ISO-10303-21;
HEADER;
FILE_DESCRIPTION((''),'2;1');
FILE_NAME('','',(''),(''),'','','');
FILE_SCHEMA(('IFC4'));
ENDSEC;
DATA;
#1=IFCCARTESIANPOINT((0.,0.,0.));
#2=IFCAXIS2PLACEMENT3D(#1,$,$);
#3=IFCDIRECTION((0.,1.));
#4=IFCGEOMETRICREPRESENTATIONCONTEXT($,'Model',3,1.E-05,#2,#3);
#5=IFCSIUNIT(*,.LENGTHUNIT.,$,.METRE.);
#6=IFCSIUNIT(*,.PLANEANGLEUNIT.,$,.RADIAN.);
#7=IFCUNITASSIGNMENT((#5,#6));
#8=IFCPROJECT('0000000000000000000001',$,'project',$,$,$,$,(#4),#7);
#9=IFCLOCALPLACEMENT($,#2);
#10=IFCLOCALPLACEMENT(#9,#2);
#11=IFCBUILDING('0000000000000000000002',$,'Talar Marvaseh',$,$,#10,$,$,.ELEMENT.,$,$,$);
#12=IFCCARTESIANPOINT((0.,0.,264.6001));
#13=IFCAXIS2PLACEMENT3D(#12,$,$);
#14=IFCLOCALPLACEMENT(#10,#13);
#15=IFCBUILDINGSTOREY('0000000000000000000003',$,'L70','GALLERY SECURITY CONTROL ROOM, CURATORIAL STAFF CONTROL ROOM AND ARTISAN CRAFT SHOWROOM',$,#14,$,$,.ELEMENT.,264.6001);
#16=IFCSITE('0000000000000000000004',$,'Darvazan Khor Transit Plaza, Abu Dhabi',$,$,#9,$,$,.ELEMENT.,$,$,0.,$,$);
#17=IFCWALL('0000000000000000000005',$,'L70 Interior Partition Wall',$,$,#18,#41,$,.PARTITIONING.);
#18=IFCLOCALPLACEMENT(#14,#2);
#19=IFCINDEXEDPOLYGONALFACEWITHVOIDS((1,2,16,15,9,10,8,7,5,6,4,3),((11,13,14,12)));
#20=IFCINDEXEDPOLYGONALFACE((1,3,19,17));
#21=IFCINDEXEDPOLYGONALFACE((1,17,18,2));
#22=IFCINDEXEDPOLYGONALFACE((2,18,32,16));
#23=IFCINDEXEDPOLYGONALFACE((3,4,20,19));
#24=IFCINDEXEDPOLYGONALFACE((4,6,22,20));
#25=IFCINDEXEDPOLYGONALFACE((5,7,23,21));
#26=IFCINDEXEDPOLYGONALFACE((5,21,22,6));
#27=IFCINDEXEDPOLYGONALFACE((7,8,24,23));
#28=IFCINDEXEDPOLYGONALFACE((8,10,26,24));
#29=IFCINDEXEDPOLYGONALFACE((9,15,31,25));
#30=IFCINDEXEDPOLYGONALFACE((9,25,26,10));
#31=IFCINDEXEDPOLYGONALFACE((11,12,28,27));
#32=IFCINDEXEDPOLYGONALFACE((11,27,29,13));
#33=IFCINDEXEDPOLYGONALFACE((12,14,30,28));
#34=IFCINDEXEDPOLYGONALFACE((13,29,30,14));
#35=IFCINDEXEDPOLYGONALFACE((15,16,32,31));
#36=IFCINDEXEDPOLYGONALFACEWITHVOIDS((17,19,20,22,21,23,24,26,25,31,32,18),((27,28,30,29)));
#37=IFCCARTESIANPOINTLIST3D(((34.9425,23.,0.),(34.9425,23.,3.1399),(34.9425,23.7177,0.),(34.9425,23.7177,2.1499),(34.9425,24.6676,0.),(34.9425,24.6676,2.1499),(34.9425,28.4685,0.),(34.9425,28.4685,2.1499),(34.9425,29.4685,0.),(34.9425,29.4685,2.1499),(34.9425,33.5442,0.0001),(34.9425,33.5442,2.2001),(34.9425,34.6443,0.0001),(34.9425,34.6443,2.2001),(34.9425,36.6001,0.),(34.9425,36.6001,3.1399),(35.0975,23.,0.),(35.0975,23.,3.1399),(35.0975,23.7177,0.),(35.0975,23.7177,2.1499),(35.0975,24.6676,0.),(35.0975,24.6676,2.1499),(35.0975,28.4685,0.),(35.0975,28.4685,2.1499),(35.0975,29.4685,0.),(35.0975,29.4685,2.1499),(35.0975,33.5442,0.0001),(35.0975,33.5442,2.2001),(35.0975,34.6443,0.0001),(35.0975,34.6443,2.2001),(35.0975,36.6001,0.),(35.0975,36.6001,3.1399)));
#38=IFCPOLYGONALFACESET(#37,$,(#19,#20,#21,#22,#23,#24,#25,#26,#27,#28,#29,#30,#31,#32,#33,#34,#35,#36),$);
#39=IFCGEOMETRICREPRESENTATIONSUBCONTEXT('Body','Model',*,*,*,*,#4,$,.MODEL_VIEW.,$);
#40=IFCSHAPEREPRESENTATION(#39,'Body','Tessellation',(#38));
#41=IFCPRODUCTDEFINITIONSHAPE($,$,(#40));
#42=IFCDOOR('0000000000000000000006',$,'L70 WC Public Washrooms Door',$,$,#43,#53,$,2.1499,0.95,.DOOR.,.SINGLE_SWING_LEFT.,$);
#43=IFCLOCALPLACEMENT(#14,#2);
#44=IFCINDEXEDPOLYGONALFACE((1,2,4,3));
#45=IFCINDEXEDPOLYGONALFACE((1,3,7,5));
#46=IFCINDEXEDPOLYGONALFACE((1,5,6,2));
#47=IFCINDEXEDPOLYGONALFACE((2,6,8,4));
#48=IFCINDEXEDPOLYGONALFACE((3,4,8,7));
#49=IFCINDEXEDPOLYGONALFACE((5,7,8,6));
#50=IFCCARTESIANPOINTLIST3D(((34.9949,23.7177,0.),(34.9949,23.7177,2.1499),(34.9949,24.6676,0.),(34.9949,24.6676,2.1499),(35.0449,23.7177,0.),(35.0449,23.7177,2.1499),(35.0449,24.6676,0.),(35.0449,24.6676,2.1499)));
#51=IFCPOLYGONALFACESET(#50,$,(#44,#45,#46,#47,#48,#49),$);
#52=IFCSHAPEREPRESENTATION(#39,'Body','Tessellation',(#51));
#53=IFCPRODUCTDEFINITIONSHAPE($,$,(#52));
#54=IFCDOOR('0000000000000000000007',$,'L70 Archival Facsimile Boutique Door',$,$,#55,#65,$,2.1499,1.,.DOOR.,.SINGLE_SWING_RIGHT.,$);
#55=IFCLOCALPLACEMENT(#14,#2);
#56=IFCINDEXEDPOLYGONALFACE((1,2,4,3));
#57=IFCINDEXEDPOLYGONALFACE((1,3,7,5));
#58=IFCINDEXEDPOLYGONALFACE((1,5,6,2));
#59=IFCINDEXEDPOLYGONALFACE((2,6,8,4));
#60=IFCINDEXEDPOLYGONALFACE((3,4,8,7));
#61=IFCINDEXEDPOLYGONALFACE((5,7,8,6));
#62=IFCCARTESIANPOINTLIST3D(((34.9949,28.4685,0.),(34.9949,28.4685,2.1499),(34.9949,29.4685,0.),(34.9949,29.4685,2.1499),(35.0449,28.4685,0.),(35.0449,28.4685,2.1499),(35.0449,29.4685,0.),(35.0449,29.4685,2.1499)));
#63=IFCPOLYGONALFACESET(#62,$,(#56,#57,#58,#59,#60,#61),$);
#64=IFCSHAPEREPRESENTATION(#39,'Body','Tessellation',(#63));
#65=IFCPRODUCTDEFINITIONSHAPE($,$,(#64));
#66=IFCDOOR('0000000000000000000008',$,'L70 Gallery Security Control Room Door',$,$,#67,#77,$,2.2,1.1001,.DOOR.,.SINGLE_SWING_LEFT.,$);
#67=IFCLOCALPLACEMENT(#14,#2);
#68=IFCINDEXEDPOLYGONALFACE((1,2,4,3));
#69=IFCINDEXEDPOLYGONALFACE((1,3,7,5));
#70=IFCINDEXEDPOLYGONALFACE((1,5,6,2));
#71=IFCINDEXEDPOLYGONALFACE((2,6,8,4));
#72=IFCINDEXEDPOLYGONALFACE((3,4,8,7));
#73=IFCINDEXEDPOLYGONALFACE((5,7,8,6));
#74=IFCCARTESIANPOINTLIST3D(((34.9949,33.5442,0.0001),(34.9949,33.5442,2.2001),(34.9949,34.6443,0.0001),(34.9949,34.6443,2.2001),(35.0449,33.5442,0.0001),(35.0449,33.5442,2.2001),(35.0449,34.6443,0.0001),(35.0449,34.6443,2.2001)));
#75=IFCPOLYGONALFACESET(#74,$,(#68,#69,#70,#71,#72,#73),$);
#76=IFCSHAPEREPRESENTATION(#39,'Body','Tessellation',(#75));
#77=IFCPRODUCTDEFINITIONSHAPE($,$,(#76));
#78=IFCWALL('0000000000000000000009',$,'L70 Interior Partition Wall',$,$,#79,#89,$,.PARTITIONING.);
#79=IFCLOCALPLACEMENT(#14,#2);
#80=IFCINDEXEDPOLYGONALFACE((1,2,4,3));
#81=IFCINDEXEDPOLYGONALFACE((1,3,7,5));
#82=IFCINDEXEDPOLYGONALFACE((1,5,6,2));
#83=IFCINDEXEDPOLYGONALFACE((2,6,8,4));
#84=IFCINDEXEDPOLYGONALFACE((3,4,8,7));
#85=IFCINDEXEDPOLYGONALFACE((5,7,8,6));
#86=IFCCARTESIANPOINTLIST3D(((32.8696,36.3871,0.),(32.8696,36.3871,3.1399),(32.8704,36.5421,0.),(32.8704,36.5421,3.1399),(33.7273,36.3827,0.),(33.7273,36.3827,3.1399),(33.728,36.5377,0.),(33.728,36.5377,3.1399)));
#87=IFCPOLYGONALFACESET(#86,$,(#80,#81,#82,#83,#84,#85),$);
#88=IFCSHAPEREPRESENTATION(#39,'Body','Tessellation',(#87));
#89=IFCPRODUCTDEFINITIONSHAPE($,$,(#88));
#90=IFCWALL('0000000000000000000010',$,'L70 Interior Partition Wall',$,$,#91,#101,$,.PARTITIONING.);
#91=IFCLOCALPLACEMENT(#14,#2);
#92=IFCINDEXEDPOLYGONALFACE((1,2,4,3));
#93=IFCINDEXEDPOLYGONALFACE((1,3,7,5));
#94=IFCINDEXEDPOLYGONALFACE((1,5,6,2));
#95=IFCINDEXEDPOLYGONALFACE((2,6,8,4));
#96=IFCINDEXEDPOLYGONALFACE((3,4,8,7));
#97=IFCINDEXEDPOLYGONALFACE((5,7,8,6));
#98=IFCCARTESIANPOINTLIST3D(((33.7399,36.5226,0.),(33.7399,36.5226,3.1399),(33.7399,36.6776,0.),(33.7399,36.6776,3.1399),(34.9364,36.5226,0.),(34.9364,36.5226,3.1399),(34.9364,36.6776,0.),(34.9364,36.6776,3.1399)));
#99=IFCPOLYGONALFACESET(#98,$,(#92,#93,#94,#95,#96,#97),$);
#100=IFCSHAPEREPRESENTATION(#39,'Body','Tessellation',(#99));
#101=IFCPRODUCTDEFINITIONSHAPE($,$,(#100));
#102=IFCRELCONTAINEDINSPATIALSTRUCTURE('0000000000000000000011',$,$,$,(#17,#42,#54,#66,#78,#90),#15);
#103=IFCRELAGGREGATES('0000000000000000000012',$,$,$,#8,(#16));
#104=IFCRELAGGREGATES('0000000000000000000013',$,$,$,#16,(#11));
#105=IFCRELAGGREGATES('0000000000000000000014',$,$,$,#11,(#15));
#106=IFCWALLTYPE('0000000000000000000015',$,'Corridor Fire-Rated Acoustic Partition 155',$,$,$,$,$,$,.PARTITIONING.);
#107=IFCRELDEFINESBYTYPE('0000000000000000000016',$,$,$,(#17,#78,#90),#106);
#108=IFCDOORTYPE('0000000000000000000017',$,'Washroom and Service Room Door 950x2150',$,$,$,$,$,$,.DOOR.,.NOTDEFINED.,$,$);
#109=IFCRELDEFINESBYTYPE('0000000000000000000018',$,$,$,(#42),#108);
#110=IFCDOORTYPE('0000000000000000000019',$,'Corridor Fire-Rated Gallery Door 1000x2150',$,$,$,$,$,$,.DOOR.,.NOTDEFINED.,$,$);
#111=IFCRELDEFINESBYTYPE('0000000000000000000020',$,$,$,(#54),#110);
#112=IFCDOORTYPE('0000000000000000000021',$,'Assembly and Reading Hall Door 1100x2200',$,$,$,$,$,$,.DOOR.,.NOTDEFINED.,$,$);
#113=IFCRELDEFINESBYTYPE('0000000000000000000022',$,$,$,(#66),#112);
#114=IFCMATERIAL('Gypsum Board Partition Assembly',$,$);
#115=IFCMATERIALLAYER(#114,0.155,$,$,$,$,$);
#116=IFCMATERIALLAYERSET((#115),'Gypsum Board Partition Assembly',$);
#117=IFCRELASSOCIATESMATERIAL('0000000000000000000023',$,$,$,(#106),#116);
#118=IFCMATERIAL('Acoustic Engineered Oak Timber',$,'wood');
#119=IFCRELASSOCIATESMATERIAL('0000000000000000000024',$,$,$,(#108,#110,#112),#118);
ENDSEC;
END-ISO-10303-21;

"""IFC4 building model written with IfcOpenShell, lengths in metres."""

from ifc_helpers import new_model, si_unit, direction, frame, frame_2d, origin, place, context, subcontext, project, spatial, rectangle, extrude, source, transform, mapped, material, layer, layer_set, type_object, type_shapes, element, fill, save


model = new_model("IFC4")

# Units and contexts
model_context = context("Model", 3, precision=1e-05, world=origin(), true_north=direction((0.0, 1.0)))
body_context = subcontext(model_context, "Body", "Model", "MODEL_VIEW")
ifc_project = project(units=[si_unit("LENGTHUNIT", "METRE"), si_unit("PLANEANGLEUNIT", "RADIAN")], contexts=[model_context])

# Site, building, storey
site_placement = place(None, origin())
site = spatial("IfcSite", under=ifc_project, at=site_placement, Name="Darvazan Khor Transit Plaza, Abu Dhabi", CompositionType="ELEMENT", RefElevation=0.0)
building_placement = place(site_placement, origin())
building = spatial("IfcBuilding", under=site, at=building_placement, Name="Talar Marvaseh", CompositionType="ELEMENT")
storey_placement = place(building_placement, frame((0.0, 0.0, 264.6001)))
storey = spatial("IfcBuildingStorey", under=building, at=storey_placement, Name="L70", Description="GALLERY SECURITY CONTROL ROOM, CURATORIAL STAFF CONTROL ROOM AND ARTISAN CRAFT SHOWROOM", CompositionType="ELEMENT", Elevation=264.6001)

# Wall, openings, doors
ifc_material_1 = material(Name="Gypsum Board Partition Assembly")
ifc_layer_1 = layer(ifc_material_1, 0.155)
ifc_layer_set_1 = layer_set([ifc_layer_1], Name="Gypsum Board Partition Assembly")
wall_type_1 = type_object("IfcWallType", Name="Corridor Fire-Rated Acoustic Partition 155", PredefinedType="PARTITIONING", material=ifc_layer_set_1)
wall_1_placement = place(storey_placement, frame((35.02, 36.6001, 0.0), z_axis=(0.0, 0.0, 1.0), x_axis=(0.0, -1.0, 0.0)))
wall_1 = element("IfcWall", 1, at=wall_1_placement, inside=storey, type_object=wall_type_1, Name="L70 Interior Partition Wall", PredefinedType="PARTITIONING", context=body_context, shape_type="SweptSolid", body=[
    extrude(rectangle(XDim=13.6001, YDim=0.155, at=frame_2d((6.8, 0.0))), origin(), (0.0, 0.0, 1.0), 3.1399),
])
opening_1_placement = place(wall_1_placement, frame((11.9324, 0.0, 0.0)))
opening_1 = element("IfcOpeningElement", 2, at=opening_1_placement, cuts=wall_1, PredefinedType="OPENING", context=body_context, shape_type="SweptSolid", body=[
    extrude(rectangle(XDim=0.95, YDim=2.1499, at=frame_2d((0.4751, 1.075))), frame((0.0, 0.0874, 0.0), z_axis=(0.0, -1.0, 0.0), x_axis=(1.0, 0.0, 0.0)), (0.0, 0.0, 1.0), 0.175),
])
opening_2_placement = place(wall_1_placement, frame((7.1316, 0.0, 0.0)))
opening_2 = element("IfcOpeningElement", 3, at=opening_2_placement, cuts=wall_1, PredefinedType="OPENING", context=body_context, shape_type="SweptSolid", body=[
    extrude(rectangle(XDim=1.0, YDim=2.1499, at=frame_2d((0.5, 1.075))), frame((0.0, 0.0874, 0.0), z_axis=(0.0, -1.0, 0.0), x_axis=(1.0, 0.0, 0.0)), (0.0, 0.0, 1.0), 0.175),
])
opening_3_placement = place(wall_1_placement, frame((1.9558, 0.0, 0.0)))
opening_3 = element("IfcOpeningElement", 4, at=opening_3_placement, cuts=wall_1, PredefinedType="OPENING", context=body_context, shape_type="SweptSolid", body=[
    extrude(rectangle(XDim=1.1001, YDim=2.2, at=frame_2d((0.55, 1.1001))), frame((0.0, 0.0874, 0.0), z_axis=(0.0, -1.0, 0.0), x_axis=(1.0, 0.0, 0.0)), (0.0, 0.0, 1.0), 0.175),
])
ifc_material_2 = material(Name="Acoustic Engineered Oak Timber", Category="wood")
door_type_1 = type_object("IfcDoorType", Name="Washroom and Service Room Door 950x2150", OperationType="NOTDEFINED", PredefinedType="DOOR", material=ifc_material_2)
shared_shape_1 = source(origin(), body_context, "Body", "SweptSolid", [
    extrude(rectangle(XDim=0.95, YDim=2.1499, at=frame_2d((0.4751, 1.075))), frame((0.0, 0.0249, 0.0), z_axis=(0.0, -1.0, 0.0), x_axis=(1.0, 0.0, 0.0)), (0.0, 0.0, 1.0), 0.05),
])
type_shapes(door_type_1, [shared_shape_1])
door_1_placement = place(opening_1_placement, origin())
door_1 = element("IfcDoor", 5, at=door_1_placement, inside=storey, type_object=door_type_1, Name="L70 WC Public Washrooms Door", OperationType="SINGLE_SWING_LEFT", OverallHeight=2.1499, OverallWidth=0.95, PredefinedType="DOOR", context=body_context, shape_type="MappedRepresentation", body=[
    mapped(shared_shape_1, transform((0.0, 0.0, 0.0), x_axis=(1.0, 0.0, 0.0), y_axis=(0.0, 1.0, 0.0), z_axis=(0.0, 0.0, 1.0), scale=1.0)),
])
fill(opening_1, door_1)
door_type_2 = type_object("IfcDoorType", Name="Corridor Fire-Rated Gallery Door 1000x2150", OperationType="NOTDEFINED", PredefinedType="DOOR", material=ifc_material_2)
shared_shape_2 = source(origin(), body_context, "Body", "SweptSolid", [
    extrude(rectangle(XDim=1.0, YDim=2.1499, at=frame_2d((0.5, 1.075))), frame((0.0, 0.0249, 0.0), z_axis=(0.0, -1.0, 0.0), x_axis=(1.0, 0.0, 0.0)), (0.0, 0.0, 1.0), 0.05),
])
type_shapes(door_type_2, [shared_shape_2])
door_2_placement = place(opening_2_placement, origin())
door_2 = element("IfcDoor", 6, at=door_2_placement, inside=storey, type_object=door_type_2, Name="L70 Archival Facsimile Boutique Door", OperationType="SINGLE_SWING_RIGHT", OverallHeight=2.1499, OverallWidth=1.0, PredefinedType="DOOR", context=body_context, shape_type="MappedRepresentation", body=[
    mapped(shared_shape_2, transform((0.0, 0.0, 0.0), x_axis=(1.0, 0.0, 0.0), y_axis=(0.0, 1.0, 0.0), z_axis=(0.0, 0.0, 1.0), scale=1.0)),
])
fill(opening_2, door_2)
door_type_3 = type_object("IfcDoorType", Name="Assembly and Reading Hall Door 1100x2200", OperationType="NOTDEFINED", PredefinedType="DOOR", material=ifc_material_2)
shared_shape_3 = source(origin(), body_context, "Body", "SweptSolid", [
    extrude(rectangle(XDim=1.1001, YDim=2.2, at=frame_2d((0.55, 1.1001))), frame((0.0, 0.0249, 0.0), z_axis=(0.0, -1.0, 0.0), x_axis=(1.0, 0.0, 0.0)), (0.0, 0.0, 1.0), 0.05),
])
type_shapes(door_type_3, [shared_shape_3])
door_3_placement = place(opening_3_placement, origin())
door_3 = element("IfcDoor", 7, at=door_3_placement, inside=storey, type_object=door_type_3, Name="L70 Gallery Security Control Room Door", OperationType="SINGLE_SWING_LEFT", OverallHeight=2.2, OverallWidth=1.1001, PredefinedType="DOOR", context=body_context, shape_type="MappedRepresentation", body=[
    mapped(shared_shape_3, transform((0.0, 0.0, 0.0), x_axis=(1.0, 0.0, 0.0), y_axis=(0.0, 1.0, 0.0), z_axis=(0.0, 0.0, 1.0), scale=1.0)),
])
fill(opening_3, door_3)

# Walls
wall_2_placement = place(storey_placement, frame((32.8701, 36.4646, 0.0), z_axis=(0.0, 0.0, 1.0), x_axis=(0.999987, -0.005124, 0.0)))
element("IfcWall", 8, at=wall_2_placement, inside=storey, type_object=wall_type_1, Name="L70 Interior Partition Wall", PredefinedType="PARTITIONING", context=body_context, shape_type="SweptSolid", body=[
    extrude(rectangle(XDim=0.8577, YDim=0.155, at=frame_2d((0.4287, 0.0))), origin(), (0.0, 0.0, 1.0), 3.1399),
])
wall_3_placement = place(storey_placement, frame((33.74, 36.6001, 0.0), z_axis=(0.0, 0.0, 1.0), x_axis=(1.0, 0.0, 0.0)))
element("IfcWall", 9, at=wall_3_placement, inside=storey, type_object=wall_type_1, Name="L70 Interior Partition Wall", PredefinedType="PARTITIONING", context=body_context, shape_type="SweptSolid", body=[
    extrude(rectangle(XDim=1.1965, YDim=0.155, at=frame_2d((0.5981, 0.0))), origin(), (0.0, 0.0, 1.0), 3.1399),
])

save(model, "model.ifc")
